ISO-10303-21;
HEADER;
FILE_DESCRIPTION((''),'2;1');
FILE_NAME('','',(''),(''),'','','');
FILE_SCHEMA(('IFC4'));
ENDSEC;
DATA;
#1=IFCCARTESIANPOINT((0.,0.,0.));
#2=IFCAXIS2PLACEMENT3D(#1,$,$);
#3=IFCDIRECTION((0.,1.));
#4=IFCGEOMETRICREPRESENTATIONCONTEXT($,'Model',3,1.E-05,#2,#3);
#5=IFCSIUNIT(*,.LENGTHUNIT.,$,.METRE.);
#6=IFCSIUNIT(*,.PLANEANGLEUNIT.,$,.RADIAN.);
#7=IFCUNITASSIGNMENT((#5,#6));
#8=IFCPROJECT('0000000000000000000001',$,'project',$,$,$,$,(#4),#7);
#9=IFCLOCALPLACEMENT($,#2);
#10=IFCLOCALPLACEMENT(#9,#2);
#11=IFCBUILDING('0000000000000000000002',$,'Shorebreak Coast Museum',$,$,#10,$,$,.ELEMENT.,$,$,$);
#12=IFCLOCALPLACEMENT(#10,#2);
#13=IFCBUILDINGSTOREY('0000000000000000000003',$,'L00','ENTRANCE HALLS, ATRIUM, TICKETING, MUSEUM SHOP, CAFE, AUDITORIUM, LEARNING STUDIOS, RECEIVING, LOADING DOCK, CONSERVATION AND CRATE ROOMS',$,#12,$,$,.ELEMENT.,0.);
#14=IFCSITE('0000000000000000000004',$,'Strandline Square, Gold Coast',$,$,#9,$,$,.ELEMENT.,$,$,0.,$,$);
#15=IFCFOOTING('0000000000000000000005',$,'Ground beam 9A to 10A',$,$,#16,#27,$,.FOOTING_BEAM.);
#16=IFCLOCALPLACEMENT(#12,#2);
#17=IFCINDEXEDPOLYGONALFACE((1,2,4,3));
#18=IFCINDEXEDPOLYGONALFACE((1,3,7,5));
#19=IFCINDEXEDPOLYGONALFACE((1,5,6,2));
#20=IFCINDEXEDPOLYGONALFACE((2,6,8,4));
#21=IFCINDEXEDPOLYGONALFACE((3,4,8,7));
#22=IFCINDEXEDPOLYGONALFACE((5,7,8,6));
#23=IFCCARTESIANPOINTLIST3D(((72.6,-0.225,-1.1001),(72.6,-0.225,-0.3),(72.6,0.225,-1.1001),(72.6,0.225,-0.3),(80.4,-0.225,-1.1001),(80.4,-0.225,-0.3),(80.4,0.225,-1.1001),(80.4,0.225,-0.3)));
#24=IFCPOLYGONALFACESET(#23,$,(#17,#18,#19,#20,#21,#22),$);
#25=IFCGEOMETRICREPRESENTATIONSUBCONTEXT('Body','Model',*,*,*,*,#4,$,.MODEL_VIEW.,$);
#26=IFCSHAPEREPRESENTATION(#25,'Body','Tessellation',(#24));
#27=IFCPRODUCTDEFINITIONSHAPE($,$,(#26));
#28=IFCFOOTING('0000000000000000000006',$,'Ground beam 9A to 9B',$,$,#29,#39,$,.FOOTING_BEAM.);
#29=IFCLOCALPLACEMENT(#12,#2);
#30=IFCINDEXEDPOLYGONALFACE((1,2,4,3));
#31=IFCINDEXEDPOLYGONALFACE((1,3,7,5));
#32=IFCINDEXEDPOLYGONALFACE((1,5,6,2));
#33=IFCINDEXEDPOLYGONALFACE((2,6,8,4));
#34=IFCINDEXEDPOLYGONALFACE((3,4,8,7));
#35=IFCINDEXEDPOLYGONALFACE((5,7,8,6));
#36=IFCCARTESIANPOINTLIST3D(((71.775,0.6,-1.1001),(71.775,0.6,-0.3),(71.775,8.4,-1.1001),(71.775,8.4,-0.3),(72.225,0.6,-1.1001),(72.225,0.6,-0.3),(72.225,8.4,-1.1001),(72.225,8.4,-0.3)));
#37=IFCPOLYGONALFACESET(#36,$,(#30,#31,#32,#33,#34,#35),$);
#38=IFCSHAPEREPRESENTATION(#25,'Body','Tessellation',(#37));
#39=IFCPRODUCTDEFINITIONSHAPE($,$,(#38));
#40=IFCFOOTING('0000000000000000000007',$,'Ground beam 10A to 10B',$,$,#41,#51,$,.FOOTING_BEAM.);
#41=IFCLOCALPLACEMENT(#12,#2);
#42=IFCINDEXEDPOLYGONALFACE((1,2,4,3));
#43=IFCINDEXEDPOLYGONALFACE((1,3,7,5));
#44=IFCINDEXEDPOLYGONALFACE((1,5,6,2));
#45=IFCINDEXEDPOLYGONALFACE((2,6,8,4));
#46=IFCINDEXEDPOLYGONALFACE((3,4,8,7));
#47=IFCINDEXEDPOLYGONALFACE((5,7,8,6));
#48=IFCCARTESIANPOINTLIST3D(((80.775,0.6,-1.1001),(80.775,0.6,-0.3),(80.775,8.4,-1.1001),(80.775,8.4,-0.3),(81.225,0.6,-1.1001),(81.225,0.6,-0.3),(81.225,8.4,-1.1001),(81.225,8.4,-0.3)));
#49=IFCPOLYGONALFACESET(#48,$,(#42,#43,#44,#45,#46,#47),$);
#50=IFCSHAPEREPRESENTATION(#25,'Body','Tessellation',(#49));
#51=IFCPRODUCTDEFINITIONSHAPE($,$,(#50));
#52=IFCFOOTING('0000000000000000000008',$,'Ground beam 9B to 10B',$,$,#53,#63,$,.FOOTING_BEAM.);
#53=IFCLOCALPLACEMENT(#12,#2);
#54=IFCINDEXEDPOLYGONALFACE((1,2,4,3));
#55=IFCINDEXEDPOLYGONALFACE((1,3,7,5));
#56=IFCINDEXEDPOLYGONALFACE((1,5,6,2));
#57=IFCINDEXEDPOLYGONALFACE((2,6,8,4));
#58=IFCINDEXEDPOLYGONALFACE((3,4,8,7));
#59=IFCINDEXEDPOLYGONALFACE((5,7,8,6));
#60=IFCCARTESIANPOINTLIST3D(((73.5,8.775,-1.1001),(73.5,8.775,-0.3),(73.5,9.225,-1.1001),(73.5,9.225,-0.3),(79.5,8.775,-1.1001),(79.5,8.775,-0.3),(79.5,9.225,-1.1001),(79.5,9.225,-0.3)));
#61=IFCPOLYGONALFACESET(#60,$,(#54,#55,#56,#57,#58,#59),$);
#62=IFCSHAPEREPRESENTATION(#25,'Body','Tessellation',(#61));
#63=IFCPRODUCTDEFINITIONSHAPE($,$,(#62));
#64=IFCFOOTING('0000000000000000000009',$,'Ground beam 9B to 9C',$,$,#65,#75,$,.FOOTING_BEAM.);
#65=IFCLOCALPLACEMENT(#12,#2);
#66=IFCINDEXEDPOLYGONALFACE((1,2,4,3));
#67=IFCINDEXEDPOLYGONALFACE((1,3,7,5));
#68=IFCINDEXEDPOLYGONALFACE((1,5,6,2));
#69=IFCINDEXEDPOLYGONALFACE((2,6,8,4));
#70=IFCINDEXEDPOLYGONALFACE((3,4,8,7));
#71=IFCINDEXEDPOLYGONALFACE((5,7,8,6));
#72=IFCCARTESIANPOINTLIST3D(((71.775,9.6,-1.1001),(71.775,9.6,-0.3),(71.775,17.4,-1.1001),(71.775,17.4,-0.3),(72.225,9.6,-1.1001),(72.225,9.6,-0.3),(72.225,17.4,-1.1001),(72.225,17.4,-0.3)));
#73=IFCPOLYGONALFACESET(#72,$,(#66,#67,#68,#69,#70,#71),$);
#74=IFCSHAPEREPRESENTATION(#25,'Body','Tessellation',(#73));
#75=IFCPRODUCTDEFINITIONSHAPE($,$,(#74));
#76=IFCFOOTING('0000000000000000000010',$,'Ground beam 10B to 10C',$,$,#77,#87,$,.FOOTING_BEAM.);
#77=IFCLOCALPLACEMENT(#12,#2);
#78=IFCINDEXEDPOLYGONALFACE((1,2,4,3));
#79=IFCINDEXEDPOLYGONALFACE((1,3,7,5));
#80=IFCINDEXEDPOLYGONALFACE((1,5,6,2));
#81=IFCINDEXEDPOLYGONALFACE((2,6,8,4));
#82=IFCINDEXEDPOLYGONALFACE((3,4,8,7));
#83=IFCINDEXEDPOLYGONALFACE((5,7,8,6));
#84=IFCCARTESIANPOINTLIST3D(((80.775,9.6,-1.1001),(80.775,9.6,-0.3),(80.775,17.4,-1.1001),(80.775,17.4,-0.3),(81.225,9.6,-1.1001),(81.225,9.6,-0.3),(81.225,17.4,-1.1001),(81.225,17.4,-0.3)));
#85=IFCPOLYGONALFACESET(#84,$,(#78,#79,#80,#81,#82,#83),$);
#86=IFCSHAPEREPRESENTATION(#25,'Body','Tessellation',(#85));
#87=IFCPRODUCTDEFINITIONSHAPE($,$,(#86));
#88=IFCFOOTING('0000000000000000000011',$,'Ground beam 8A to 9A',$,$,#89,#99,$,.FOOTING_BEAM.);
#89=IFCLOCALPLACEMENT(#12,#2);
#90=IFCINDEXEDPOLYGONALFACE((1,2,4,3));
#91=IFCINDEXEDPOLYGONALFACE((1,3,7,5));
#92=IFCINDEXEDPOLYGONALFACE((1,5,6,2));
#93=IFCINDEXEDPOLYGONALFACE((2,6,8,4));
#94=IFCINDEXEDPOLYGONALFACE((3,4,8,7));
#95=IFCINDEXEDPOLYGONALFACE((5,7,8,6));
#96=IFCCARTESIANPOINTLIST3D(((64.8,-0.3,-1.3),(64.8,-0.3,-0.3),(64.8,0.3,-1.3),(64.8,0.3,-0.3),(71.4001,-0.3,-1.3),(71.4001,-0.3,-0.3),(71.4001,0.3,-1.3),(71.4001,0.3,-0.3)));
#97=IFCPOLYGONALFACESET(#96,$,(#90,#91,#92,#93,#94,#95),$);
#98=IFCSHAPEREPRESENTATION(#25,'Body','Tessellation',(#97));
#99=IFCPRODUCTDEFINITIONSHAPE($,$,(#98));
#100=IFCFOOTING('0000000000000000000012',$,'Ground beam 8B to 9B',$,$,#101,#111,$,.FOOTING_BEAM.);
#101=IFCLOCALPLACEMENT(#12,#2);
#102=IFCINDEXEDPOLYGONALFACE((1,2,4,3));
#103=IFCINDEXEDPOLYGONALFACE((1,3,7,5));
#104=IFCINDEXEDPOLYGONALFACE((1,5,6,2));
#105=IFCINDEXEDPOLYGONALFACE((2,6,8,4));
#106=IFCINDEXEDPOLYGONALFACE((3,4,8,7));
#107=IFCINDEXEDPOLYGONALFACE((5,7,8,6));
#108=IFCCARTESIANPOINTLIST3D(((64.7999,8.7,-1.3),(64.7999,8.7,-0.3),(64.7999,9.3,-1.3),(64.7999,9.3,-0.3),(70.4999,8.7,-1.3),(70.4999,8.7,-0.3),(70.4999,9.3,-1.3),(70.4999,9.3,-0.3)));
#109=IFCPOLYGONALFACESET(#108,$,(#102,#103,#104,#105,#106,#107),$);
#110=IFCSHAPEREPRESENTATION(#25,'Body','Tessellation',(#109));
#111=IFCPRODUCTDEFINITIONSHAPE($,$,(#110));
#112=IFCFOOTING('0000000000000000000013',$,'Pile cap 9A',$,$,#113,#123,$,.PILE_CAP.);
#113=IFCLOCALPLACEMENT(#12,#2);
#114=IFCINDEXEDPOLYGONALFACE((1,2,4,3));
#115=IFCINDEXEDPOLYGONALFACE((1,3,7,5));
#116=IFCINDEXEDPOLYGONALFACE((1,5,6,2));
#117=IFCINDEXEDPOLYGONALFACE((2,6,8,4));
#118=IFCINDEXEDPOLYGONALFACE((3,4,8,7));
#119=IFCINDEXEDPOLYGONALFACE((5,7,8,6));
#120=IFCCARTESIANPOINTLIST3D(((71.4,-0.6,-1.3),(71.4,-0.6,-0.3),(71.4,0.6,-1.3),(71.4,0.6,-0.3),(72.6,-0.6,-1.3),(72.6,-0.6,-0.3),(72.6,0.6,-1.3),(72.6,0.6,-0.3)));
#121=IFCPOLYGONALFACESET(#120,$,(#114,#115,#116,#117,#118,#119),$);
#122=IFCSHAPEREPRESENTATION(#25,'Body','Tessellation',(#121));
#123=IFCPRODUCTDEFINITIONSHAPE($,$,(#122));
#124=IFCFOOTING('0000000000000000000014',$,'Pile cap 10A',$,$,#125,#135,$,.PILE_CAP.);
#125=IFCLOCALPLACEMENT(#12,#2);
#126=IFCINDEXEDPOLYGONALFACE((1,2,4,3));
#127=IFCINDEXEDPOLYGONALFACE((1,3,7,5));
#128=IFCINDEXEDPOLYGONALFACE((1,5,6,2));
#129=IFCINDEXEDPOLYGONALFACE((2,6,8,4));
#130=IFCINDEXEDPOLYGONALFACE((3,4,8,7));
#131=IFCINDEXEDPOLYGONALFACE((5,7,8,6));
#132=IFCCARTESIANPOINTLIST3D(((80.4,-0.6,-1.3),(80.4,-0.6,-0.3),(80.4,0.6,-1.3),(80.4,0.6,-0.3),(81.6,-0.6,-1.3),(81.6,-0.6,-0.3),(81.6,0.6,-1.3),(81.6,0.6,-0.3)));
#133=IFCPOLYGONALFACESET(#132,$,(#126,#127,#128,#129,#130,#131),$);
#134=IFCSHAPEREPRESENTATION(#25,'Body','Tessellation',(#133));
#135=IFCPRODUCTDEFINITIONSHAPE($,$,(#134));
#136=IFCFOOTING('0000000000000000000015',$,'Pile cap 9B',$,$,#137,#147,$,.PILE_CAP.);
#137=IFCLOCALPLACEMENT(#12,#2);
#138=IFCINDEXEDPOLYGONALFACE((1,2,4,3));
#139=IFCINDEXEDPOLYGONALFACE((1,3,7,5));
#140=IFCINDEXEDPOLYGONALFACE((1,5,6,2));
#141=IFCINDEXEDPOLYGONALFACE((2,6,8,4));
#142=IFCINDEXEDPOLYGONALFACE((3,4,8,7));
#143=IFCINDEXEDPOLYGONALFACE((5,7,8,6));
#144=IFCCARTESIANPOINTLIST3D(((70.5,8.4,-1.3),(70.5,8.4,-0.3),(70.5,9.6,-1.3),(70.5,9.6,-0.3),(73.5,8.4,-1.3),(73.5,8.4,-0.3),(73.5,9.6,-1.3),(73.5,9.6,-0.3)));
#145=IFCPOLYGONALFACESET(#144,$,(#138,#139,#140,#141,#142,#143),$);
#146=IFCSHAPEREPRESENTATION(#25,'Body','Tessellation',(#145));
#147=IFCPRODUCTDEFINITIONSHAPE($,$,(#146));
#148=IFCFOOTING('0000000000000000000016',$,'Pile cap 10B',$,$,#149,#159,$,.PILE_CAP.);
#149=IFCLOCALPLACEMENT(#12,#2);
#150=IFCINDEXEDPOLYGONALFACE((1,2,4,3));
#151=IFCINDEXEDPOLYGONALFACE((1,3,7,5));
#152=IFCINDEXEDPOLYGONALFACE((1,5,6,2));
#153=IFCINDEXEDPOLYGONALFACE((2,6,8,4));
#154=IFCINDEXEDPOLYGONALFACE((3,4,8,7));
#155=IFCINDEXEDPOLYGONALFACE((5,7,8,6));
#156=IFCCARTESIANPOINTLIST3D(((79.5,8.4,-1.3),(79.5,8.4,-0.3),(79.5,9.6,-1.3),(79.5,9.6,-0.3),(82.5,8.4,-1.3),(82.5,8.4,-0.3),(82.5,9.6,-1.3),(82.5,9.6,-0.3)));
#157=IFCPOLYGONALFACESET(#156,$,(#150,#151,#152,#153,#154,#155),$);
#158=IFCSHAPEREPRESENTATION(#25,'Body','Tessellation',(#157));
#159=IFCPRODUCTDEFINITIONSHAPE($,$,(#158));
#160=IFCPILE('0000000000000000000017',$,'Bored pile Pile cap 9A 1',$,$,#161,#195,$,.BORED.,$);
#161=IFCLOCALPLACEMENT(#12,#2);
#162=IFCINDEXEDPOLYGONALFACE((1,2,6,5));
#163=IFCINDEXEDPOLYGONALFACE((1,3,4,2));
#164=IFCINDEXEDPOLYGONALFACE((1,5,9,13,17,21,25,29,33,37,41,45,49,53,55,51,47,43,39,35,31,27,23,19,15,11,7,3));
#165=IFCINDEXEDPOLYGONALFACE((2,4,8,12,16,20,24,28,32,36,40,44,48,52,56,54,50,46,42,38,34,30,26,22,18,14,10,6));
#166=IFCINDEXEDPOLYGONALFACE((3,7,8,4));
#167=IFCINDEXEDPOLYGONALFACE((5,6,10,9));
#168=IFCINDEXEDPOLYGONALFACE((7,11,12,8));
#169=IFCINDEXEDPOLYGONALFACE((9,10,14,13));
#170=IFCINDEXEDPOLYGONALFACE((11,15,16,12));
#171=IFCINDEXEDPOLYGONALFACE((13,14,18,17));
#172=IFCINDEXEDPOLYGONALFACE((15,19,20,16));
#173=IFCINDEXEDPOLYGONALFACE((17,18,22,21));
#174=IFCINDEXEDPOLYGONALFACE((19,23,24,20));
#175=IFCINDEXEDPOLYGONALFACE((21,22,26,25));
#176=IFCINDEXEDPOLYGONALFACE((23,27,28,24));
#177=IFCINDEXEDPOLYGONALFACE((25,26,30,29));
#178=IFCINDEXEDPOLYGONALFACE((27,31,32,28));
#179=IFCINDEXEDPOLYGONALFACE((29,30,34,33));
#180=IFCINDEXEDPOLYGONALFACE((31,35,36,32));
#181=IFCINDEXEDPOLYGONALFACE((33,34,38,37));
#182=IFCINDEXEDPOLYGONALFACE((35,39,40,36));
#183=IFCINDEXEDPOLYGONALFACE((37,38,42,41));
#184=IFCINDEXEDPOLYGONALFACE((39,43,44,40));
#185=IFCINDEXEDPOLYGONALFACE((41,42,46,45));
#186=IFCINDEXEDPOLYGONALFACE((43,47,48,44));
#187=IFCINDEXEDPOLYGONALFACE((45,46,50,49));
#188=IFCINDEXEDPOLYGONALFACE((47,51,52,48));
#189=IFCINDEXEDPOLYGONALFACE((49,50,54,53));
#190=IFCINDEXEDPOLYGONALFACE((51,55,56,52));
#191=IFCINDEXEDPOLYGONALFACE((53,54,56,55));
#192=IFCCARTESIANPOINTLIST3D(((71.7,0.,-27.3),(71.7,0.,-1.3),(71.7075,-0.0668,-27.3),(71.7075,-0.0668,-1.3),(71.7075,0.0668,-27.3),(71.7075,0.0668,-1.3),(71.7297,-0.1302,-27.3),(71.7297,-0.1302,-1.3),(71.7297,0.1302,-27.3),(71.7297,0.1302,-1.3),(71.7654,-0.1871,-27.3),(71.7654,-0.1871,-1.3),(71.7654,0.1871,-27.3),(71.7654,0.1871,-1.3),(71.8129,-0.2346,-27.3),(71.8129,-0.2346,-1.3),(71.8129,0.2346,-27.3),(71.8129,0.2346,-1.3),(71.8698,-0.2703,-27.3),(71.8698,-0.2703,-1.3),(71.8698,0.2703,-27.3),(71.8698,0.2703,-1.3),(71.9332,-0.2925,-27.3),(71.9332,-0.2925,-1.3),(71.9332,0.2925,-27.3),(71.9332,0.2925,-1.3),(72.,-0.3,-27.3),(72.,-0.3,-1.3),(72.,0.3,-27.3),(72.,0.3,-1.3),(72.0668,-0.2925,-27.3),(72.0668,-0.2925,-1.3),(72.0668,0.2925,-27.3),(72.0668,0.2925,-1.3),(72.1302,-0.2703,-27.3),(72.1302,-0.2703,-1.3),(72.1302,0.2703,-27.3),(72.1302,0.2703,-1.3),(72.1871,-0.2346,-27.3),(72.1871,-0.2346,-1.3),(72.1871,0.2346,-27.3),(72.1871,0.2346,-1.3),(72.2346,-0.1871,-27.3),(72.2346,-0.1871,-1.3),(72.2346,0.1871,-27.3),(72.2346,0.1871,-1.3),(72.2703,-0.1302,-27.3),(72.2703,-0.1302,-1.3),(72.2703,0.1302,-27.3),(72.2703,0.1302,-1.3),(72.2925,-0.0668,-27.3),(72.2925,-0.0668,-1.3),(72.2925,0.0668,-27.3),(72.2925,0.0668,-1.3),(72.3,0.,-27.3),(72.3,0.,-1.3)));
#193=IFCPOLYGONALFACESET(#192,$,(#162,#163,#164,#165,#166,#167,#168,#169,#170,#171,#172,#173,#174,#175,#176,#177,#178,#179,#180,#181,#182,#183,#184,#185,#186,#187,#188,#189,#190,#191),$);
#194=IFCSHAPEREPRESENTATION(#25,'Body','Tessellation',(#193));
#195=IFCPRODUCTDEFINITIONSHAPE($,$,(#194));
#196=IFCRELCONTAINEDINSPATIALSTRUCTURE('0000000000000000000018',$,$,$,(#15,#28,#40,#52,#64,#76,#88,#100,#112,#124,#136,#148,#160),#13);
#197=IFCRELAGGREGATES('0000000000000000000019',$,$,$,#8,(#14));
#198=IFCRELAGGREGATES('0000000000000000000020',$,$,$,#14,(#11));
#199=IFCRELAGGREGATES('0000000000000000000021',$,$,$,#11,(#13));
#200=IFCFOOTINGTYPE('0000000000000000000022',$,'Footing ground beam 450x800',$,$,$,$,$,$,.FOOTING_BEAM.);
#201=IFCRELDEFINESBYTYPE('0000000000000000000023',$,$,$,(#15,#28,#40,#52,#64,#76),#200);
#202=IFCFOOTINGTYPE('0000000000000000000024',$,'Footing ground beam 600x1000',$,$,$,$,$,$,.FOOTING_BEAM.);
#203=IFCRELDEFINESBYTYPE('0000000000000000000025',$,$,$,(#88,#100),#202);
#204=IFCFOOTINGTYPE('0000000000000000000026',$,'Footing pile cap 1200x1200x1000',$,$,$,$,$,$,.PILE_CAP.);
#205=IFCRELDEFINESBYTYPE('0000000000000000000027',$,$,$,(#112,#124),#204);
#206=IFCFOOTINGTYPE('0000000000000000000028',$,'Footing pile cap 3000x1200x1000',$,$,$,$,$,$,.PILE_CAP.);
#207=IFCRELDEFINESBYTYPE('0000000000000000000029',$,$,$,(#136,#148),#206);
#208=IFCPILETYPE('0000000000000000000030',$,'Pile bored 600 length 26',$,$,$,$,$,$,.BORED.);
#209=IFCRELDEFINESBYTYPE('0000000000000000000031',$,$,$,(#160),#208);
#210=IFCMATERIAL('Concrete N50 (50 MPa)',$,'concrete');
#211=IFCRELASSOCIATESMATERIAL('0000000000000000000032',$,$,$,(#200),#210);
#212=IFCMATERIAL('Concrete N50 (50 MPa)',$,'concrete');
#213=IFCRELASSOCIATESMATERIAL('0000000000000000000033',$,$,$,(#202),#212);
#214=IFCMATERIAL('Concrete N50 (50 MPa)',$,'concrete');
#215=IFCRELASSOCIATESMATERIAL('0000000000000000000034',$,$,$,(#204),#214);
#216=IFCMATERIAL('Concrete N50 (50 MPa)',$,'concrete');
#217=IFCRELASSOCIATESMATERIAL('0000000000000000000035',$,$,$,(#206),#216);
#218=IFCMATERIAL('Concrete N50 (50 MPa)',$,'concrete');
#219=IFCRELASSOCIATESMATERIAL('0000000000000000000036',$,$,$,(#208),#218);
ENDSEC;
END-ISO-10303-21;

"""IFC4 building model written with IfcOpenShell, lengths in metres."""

from ifc_helpers import new_model, si_unit, direction, frame, origin, origin_2d, place, context, subcontext, project, spatial, rectangle, circle, extrude, material, material_profile, profile_set, type_object, element, save


model = new_model("IFC4")

# Units and contexts
model_context = context("Model", 3, precision=1e-05, world=origin(), true_north=direction((0.0, 1.0)))
body_context = subcontext(model_context, "Body", "Model", "MODEL_VIEW")
ifc_project = project(units=[si_unit("LENGTHUNIT", "METRE"), si_unit("PLANEANGLEUNIT", "RADIAN")], contexts=[model_context])

# Site, building, storey
site_placement = place(None, origin())
site = spatial("IfcSite", under=ifc_project, at=site_placement, Name="Strandline Square, Gold Coast", CompositionType="ELEMENT", RefElevation=0.0)
building_placement = place(site_placement, origin())
building = spatial("IfcBuilding", under=site, at=building_placement, Name="Shorebreak Coast Museum", CompositionType="ELEMENT")
storey_placement = place(building_placement, origin())
storey = spatial("IfcBuildingStorey", under=building, at=storey_placement, Name="L00", Description="ENTRANCE HALLS, ATRIUM, TICKETING, MUSEUM SHOP, CAFE, AUDITORIUM, LEARNING STUDIOS, RECEIVING, LOADING DOCK, CONSERVATION AND CRATE ROOMS", CompositionType="ELEMENT", Elevation=0.0)

# Footings
ifc_material_1 = material(Name="Concrete N50 (50 MPa)", Category="concrete")
footing_type_1 = type_object("IfcFootingType", Name="Footing ground beam 450x800", PredefinedType="FOOTING_BEAM", material=ifc_material_1)
footing_1_placement = place(storey_placement, frame((76.5, 0.0, -1.1001), z_axis=(0.0, 0.0, 1.0), x_axis=(1.0, 0.0, 0.0)))
element("IfcFooting", 1, at=footing_1_placement, inside=storey, type_object=footing_type_1, Name="Ground beam 9A to 10A", PredefinedType="FOOTING_BEAM", context=body_context, shape_type="SweptSolid", body=[
    extrude(rectangle(XDim=7.8, YDim=0.45, at=origin_2d()), origin(), (0.0, 0.0, 1.0), 0.8),
])
for number, where, z_axis, x_axis, name in (
    (2, (72.0, 4.5, -1.1001), (0.0, 0.0, 1.0), (1.0, 0.0, 0.0), "Ground beam 9A to 9B"),
    (3, (81.0, 4.5, -1.1001), (0.0, 0.0, 1.0), (1.0, 0.0, 0.0), "Ground beam 10A to 10B"),
):
    element("IfcFooting", number, at=place(storey_placement, frame(where, z_axis=z_axis, x_axis=x_axis)), inside=storey, type_object=footing_type_1, Name=name, PredefinedType="FOOTING_BEAM", context=body_context, shape_type="SweptSolid", body=[
        extrude(rectangle(XDim=0.45, YDim=7.8, at=origin_2d()), origin(), (0.0, 0.0, 1.0), 0.8),
    ])
footing_2_placement = place(storey_placement, frame((76.5, 9.0, -1.1001), z_axis=(0.0, 0.0, 1.0), x_axis=(1.0, 0.0, 0.0)))
element("IfcFooting", 4, at=footing_2_placement, inside=storey, type_object=footing_type_1, Name="Ground beam 9B to 10B", PredefinedType="FOOTING_BEAM", context=body_context, shape_type="SweptSolid", body=[
    extrude(rectangle(XDim=6.0, YDim=0.45, at=origin_2d()), origin(), (0.0, 0.0, 1.0), 0.8),
])
for number, where, z_axis, x_axis, name in (
    (5, (72.0, 13.5, -1.1001), (0.0, 0.0, 1.0), (1.0, 0.0, 0.0), "Ground beam 9B to 9C"),
    (6, (81.0, 13.5, -1.1001), (0.0, 0.0, 1.0), (1.0, 0.0, 0.0), "Ground beam 10B to 10C"),
):
    element("IfcFooting", number, at=place(storey_placement, frame(where, z_axis=z_axis, x_axis=x_axis)), inside=storey, type_object=footing_type_1, Name=name, PredefinedType="FOOTING_BEAM", context=body_context, shape_type="SweptSolid", body=[
        extrude(rectangle(XDim=0.45, YDim=7.8, at=origin_2d()), origin(), (0.0, 0.0, 1.0), 0.8),
    ])
ifc_material_2 = material(Name="Concrete N50 (50 MPa)", Category="concrete")
footing_type_2 = type_object("IfcFootingType", Name="Footing ground beam 600x1000", PredefinedType="FOOTING_BEAM", material=ifc_material_2)
footing_3_placement = place(storey_placement, frame((68.1001, 0.0, -1.3), z_axis=(0.0, 0.0, 1.0), x_axis=(1.0, 0.0, 0.0)))
element("IfcFooting", 7, at=footing_3_placement, inside=storey, type_object=footing_type_2, Name="Ground beam 8A to 9A", PredefinedType="FOOTING_BEAM", context=body_context, shape_type="SweptSolid", body=[
    extrude(rectangle(XDim=6.6001, YDim=0.6001, at=origin_2d()), origin(), (0.0, 0.0, 1.0), 1.0),
])
footing_4_placement = place(storey_placement, frame((67.6499, 9.0, -1.3), z_axis=(0.0, 0.0, 1.0), x_axis=(1.0, 0.0, 0.0)))
element("IfcFooting", 8, at=footing_4_placement, inside=storey, type_object=footing_type_2, Name="Ground beam 8B to 9B", PredefinedType="FOOTING_BEAM", context=body_context, shape_type="SweptSolid", body=[
    extrude(rectangle(XDim=5.7, YDim=0.6001, at=origin_2d()), origin(), (0.0, 0.0, 1.0), 1.0),
])
ifc_material_3 = material(Name="Concrete N50 (50 MPa)", Category="concrete")
footing_type_3 = type_object("IfcFootingType", Name="Footing pile cap 1200x1200x1000", PredefinedType="PILE_CAP", material=ifc_material_3)
for number, where, z_axis, x_axis, name in (
    (9, (72.0, 0.0, -1.3), (0.0, 0.0, 1.0), (1.0, 0.0, 0.0), "Pile cap 9A"),
    (10, (81.0, 0.0, -1.3), (0.0, 0.0, 1.0), (1.0, 0.0, 0.0), "Pile cap 10A"),
):
    element("IfcFooting", number, at=place(storey_placement, frame(where, z_axis=z_axis, x_axis=x_axis)), inside=storey, type_object=footing_type_3, Name=name, PredefinedType="PILE_CAP", context=body_context, shape_type="SweptSolid", body=[
        extrude(rectangle(XDim=1.2, YDim=1.2, at=origin_2d()), origin(), (0.0, 0.0, 1.0), 1.0),
    ])
ifc_material_4 = material(Name="Concrete N50 (50 MPa)", Category="concrete")
footing_type_4 = type_object("IfcFootingType", Name="Footing pile cap 3000x1200x1000", PredefinedType="PILE_CAP", material=ifc_material_4)
for number, where, z_axis, x_axis, name in (
    (11, (72.0, 9.0, -1.3), (0.0, 0.0, 1.0), (1.0, 0.0, 0.0), "Pile cap 9B"),
    (12, (81.0, 9.0, -1.3), (0.0, 0.0, 1.0), (1.0, 0.0, 0.0), "Pile cap 10B"),
):
    element("IfcFooting", number, at=place(storey_placement, frame(where, z_axis=z_axis, x_axis=x_axis)), inside=storey, type_object=footing_type_4, Name=name, PredefinedType="PILE_CAP", context=body_context, shape_type="SweptSolid", body=[
        extrude(rectangle(XDim=3.0, YDim=1.2, at=origin_2d()), origin(), (0.0, 0.0, 1.0), 1.0),
    ])

# Pile
ifc_material_5 = material(Name="Concrete N50 (50 MPa)", Category="concrete")
ifc_material_profile_1 = material_profile(ifc_material_5, circle(Radius=0.3, at=origin_2d()), Name="Pile bored 600 length 26")
ifc_profile_set_1 = profile_set([ifc_material_profile_1], Name="Concrete N50 (50 MPa)")
pile_type = type_object("IfcPileType", Name="Pile bored 600 length 26", PredefinedType="BORED", material=ifc_profile_set_1)
for number, where, z_axis, x_axis, name in (
    (13, (72.0, 0.0, -1.3), (0.0, 0.0, -1.0), (1.0, 0.0, 0.0), "Bored pile Pile cap 9A 1"),
):
    element("IfcPile", number, at=place(storey_placement, frame(where, z_axis=z_axis, x_axis=x_axis)), inside=storey, type_object=pile_type, Name=name, PredefinedType="BORED", context=body_context, shape_type="SweptSolid", body=[
        extrude(circle(Radius=0.3, at=origin_2d()), origin(), (0.0, 0.0, 1.0), 26.0),
    ])

save(model, "model.ifc")
